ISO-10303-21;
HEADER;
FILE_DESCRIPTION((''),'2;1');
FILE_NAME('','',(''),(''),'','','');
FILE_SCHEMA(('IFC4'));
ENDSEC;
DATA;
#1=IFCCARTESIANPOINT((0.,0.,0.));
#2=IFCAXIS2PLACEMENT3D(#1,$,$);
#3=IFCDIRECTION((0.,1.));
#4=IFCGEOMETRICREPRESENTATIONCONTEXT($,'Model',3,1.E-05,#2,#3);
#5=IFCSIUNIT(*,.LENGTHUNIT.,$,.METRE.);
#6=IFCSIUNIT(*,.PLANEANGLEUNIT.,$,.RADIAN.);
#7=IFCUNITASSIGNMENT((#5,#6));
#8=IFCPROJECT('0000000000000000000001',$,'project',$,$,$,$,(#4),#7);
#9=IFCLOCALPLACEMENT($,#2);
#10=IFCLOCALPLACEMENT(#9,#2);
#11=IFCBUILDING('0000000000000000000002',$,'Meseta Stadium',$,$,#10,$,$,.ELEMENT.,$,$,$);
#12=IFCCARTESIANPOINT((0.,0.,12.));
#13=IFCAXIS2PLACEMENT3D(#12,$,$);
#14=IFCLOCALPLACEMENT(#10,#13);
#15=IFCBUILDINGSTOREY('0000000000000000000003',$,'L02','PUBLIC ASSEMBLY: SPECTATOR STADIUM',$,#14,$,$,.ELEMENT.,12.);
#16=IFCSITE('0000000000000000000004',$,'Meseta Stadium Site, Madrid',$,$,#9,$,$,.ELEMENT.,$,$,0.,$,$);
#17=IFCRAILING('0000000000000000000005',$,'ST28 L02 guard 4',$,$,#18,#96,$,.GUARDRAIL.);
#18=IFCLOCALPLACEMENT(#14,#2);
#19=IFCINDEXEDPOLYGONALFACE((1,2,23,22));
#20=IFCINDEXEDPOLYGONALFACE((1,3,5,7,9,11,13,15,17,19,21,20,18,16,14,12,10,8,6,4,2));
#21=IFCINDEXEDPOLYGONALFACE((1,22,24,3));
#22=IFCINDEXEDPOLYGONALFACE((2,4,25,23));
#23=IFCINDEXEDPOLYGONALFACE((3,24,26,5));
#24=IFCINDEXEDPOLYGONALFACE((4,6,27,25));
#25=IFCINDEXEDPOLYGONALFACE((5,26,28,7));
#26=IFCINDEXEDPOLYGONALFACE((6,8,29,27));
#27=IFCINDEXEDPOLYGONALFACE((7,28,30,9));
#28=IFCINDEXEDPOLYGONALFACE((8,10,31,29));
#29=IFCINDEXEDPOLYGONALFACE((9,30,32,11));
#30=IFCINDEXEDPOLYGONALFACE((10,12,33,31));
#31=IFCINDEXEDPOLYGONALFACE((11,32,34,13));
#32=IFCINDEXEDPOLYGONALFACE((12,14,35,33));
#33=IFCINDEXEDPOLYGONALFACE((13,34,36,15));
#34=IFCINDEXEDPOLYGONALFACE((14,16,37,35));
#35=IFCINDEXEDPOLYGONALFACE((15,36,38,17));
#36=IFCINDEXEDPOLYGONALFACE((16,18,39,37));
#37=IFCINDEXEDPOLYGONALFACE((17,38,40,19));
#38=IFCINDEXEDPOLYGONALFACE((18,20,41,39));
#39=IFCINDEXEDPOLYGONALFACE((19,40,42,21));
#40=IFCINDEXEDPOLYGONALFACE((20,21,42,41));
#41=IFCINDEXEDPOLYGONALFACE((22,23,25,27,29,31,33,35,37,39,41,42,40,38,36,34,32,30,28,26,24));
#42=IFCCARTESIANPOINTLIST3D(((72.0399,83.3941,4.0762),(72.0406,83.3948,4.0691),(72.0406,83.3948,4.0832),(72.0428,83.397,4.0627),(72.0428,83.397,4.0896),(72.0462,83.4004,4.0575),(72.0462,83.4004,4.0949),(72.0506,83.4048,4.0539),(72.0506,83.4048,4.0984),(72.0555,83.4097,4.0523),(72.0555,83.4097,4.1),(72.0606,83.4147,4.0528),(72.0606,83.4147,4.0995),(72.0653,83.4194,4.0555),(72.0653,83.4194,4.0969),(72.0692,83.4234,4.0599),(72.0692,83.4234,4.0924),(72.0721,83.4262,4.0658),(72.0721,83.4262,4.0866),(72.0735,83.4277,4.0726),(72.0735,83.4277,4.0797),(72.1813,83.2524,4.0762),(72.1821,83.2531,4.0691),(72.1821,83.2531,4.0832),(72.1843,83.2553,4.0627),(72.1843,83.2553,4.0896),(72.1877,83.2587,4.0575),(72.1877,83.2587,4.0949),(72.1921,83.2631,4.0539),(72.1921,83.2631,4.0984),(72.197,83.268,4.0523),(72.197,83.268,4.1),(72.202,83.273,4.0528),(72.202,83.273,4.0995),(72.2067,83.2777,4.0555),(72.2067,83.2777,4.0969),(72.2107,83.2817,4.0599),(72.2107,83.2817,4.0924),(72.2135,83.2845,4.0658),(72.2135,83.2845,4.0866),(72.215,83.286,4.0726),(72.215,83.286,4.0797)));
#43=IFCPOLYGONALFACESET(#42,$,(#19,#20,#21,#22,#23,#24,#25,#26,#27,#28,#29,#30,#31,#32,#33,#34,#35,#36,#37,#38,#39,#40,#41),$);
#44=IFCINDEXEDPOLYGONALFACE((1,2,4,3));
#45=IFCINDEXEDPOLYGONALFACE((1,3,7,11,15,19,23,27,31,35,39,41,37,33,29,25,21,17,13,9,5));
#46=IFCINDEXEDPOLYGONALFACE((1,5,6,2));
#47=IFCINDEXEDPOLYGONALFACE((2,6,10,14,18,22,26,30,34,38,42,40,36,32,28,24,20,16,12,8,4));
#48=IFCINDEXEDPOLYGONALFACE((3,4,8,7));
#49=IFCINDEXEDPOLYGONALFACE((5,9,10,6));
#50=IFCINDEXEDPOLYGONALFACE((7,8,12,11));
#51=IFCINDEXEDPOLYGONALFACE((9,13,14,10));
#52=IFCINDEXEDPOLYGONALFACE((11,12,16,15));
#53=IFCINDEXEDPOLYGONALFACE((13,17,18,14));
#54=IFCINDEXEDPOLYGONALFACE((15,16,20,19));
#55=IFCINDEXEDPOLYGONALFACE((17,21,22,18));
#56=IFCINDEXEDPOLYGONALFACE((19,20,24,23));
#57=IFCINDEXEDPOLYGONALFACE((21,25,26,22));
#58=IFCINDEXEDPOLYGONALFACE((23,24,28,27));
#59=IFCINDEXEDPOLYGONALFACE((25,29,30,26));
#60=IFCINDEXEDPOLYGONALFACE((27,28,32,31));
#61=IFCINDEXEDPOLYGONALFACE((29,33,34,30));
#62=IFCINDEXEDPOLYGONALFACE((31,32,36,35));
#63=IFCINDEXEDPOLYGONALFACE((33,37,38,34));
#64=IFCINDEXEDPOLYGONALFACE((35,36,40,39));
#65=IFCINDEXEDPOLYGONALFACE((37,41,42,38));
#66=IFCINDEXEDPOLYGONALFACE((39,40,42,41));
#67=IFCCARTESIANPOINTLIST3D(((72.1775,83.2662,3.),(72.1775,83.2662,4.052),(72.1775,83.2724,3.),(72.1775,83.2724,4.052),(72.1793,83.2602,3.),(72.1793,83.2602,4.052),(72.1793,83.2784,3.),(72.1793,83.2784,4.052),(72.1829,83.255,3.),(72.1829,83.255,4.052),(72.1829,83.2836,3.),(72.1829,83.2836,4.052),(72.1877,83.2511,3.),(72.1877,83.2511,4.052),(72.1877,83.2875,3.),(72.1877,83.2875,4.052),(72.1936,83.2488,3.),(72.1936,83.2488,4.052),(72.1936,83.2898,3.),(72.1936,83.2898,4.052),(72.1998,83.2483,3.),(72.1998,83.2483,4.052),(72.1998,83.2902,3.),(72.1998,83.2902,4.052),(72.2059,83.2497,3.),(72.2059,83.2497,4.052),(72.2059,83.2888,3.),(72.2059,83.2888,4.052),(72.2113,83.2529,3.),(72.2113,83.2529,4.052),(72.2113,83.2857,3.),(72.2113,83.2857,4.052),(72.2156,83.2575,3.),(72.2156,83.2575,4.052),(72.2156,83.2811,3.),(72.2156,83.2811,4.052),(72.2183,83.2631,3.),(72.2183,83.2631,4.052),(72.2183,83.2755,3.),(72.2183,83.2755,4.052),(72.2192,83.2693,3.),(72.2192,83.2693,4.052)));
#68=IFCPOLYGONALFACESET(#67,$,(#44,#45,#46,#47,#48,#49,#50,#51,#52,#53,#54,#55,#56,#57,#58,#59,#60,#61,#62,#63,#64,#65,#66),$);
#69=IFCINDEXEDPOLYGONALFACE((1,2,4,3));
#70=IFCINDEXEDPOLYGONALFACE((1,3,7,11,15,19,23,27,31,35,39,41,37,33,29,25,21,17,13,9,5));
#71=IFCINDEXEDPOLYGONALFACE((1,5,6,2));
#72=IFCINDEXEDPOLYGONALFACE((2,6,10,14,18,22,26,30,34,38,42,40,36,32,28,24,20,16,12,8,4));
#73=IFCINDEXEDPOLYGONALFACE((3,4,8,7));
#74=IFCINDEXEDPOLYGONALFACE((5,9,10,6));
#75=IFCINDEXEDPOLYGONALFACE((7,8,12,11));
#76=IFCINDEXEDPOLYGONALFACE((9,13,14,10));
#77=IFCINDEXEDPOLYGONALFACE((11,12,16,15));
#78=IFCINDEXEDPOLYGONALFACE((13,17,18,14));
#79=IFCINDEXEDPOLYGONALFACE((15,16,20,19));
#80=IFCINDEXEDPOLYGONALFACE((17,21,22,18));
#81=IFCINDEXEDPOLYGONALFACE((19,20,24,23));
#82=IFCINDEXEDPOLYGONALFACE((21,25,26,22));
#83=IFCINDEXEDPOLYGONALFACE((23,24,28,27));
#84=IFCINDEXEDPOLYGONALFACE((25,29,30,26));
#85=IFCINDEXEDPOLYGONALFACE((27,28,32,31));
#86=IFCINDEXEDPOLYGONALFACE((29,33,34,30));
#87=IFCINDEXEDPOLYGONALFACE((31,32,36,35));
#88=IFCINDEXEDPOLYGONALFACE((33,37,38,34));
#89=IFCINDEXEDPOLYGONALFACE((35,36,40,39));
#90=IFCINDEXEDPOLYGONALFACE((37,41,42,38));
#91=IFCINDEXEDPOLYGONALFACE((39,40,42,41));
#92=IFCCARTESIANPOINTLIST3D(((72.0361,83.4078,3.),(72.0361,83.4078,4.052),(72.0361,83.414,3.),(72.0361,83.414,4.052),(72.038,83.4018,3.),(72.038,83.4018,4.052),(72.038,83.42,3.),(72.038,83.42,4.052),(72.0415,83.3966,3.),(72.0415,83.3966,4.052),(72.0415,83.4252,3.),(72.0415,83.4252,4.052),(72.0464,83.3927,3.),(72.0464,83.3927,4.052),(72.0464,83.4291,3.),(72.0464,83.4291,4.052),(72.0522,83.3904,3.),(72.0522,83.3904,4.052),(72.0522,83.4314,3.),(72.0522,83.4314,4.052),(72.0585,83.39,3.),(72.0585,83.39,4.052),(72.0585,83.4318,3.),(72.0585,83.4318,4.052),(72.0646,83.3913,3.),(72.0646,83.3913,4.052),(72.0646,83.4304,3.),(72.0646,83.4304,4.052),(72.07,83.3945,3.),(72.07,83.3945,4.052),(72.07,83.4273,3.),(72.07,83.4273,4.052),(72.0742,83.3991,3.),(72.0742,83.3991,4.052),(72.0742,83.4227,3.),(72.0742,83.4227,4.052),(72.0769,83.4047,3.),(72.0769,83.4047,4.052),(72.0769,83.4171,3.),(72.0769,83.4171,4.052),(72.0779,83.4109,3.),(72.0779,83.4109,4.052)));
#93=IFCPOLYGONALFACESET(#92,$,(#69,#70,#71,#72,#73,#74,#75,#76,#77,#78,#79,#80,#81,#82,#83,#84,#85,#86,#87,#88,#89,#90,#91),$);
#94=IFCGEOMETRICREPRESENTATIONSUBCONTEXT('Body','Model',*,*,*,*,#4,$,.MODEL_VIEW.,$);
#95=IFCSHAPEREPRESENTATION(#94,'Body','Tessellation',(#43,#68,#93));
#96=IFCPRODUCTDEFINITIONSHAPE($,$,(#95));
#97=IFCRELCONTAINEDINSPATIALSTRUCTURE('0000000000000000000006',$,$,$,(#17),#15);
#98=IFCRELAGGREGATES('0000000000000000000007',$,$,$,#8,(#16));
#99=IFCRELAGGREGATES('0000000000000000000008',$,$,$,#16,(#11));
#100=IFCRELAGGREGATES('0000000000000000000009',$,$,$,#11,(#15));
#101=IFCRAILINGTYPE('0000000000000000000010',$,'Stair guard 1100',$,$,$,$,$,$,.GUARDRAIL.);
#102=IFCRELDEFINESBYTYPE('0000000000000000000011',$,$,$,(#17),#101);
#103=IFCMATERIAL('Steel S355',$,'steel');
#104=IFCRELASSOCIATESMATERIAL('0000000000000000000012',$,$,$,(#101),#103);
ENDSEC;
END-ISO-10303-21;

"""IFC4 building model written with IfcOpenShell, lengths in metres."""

from ifc_helpers import new_model, si_unit, direction, frame, origin, origin_2d, place, context, subcontext, project, spatial, circle, extrude, material, type_object, element, save


model = new_model("IFC4")

# Units and contexts
model_context = context("Model", 3, precision=1e-05, world=origin(), true_north=direction((0.0, 1.0)))
body_context = subcontext(model_context, "Body", "Model", "MODEL_VIEW")
ifc_project = project(units=[si_unit("LENGTHUNIT", "METRE"), si_unit("PLANEANGLEUNIT", "RADIAN")], contexts=[model_context])

# Site, building, storey
site_placement = place(None, origin())
site = spatial("IfcSite", under=ifc_project, at=site_placement, Name="Meseta Stadium Site, Madrid", CompositionType="ELEMENT", RefElevation=0.0)
building_placement = place(site_placement, origin())
building = spatial("IfcBuilding", under=site, at=building_placement, Name="Meseta Stadium", CompositionType="ELEMENT")
storey_placement = place(building_placement, frame((0.0, 0.0, 12.0)))
storey = spatial("IfcBuildingStorey", under=building, at=storey_placement, Name="L02", Description="PUBLIC ASSEMBLY: SPECTATOR STADIUM", CompositionType="ELEMENT", Elevation=12.0)

# Railing
ifc_material_1 = material(Name="Steel S355", Category="steel")
railing_type_1 = type_object("IfcRailingType", Name="Stair guard 1100", PredefinedType="GUARDRAIL", material=ifc_material_1)
railing_1_placement = place(storey_placement, frame((72.1982, 83.2693, 3.0)))
element("IfcRailing", 1, at=railing_1_placement, inside=storey, type_object=railing_type_1, Name="ST28 L02 guard 4", PredefinedType="GUARDRAIL", context=body_context, shape_type="SweptSolid", body=[
    extrude(circle(Radius=0.0239, at=origin_2d()), frame((0.0, 0.0, 1.0762), z_axis=(-0.706496, 0.707717, 0.0), x_axis=(-0.707717, -0.706496, 0.0)), (0.0, 0.0, 1.0), 0.2002),
    extrude(circle(Radius=0.021, at=origin_2d()), origin(), (0.0, 0.0, 1.0), 1.052),
    extrude(circle(Radius=0.021, at=origin_2d()), frame((-0.1414, 0.1416, 0.0)), (0.0, 0.0, 1.0), 1.052),
])

save(model, "model.ifc")
